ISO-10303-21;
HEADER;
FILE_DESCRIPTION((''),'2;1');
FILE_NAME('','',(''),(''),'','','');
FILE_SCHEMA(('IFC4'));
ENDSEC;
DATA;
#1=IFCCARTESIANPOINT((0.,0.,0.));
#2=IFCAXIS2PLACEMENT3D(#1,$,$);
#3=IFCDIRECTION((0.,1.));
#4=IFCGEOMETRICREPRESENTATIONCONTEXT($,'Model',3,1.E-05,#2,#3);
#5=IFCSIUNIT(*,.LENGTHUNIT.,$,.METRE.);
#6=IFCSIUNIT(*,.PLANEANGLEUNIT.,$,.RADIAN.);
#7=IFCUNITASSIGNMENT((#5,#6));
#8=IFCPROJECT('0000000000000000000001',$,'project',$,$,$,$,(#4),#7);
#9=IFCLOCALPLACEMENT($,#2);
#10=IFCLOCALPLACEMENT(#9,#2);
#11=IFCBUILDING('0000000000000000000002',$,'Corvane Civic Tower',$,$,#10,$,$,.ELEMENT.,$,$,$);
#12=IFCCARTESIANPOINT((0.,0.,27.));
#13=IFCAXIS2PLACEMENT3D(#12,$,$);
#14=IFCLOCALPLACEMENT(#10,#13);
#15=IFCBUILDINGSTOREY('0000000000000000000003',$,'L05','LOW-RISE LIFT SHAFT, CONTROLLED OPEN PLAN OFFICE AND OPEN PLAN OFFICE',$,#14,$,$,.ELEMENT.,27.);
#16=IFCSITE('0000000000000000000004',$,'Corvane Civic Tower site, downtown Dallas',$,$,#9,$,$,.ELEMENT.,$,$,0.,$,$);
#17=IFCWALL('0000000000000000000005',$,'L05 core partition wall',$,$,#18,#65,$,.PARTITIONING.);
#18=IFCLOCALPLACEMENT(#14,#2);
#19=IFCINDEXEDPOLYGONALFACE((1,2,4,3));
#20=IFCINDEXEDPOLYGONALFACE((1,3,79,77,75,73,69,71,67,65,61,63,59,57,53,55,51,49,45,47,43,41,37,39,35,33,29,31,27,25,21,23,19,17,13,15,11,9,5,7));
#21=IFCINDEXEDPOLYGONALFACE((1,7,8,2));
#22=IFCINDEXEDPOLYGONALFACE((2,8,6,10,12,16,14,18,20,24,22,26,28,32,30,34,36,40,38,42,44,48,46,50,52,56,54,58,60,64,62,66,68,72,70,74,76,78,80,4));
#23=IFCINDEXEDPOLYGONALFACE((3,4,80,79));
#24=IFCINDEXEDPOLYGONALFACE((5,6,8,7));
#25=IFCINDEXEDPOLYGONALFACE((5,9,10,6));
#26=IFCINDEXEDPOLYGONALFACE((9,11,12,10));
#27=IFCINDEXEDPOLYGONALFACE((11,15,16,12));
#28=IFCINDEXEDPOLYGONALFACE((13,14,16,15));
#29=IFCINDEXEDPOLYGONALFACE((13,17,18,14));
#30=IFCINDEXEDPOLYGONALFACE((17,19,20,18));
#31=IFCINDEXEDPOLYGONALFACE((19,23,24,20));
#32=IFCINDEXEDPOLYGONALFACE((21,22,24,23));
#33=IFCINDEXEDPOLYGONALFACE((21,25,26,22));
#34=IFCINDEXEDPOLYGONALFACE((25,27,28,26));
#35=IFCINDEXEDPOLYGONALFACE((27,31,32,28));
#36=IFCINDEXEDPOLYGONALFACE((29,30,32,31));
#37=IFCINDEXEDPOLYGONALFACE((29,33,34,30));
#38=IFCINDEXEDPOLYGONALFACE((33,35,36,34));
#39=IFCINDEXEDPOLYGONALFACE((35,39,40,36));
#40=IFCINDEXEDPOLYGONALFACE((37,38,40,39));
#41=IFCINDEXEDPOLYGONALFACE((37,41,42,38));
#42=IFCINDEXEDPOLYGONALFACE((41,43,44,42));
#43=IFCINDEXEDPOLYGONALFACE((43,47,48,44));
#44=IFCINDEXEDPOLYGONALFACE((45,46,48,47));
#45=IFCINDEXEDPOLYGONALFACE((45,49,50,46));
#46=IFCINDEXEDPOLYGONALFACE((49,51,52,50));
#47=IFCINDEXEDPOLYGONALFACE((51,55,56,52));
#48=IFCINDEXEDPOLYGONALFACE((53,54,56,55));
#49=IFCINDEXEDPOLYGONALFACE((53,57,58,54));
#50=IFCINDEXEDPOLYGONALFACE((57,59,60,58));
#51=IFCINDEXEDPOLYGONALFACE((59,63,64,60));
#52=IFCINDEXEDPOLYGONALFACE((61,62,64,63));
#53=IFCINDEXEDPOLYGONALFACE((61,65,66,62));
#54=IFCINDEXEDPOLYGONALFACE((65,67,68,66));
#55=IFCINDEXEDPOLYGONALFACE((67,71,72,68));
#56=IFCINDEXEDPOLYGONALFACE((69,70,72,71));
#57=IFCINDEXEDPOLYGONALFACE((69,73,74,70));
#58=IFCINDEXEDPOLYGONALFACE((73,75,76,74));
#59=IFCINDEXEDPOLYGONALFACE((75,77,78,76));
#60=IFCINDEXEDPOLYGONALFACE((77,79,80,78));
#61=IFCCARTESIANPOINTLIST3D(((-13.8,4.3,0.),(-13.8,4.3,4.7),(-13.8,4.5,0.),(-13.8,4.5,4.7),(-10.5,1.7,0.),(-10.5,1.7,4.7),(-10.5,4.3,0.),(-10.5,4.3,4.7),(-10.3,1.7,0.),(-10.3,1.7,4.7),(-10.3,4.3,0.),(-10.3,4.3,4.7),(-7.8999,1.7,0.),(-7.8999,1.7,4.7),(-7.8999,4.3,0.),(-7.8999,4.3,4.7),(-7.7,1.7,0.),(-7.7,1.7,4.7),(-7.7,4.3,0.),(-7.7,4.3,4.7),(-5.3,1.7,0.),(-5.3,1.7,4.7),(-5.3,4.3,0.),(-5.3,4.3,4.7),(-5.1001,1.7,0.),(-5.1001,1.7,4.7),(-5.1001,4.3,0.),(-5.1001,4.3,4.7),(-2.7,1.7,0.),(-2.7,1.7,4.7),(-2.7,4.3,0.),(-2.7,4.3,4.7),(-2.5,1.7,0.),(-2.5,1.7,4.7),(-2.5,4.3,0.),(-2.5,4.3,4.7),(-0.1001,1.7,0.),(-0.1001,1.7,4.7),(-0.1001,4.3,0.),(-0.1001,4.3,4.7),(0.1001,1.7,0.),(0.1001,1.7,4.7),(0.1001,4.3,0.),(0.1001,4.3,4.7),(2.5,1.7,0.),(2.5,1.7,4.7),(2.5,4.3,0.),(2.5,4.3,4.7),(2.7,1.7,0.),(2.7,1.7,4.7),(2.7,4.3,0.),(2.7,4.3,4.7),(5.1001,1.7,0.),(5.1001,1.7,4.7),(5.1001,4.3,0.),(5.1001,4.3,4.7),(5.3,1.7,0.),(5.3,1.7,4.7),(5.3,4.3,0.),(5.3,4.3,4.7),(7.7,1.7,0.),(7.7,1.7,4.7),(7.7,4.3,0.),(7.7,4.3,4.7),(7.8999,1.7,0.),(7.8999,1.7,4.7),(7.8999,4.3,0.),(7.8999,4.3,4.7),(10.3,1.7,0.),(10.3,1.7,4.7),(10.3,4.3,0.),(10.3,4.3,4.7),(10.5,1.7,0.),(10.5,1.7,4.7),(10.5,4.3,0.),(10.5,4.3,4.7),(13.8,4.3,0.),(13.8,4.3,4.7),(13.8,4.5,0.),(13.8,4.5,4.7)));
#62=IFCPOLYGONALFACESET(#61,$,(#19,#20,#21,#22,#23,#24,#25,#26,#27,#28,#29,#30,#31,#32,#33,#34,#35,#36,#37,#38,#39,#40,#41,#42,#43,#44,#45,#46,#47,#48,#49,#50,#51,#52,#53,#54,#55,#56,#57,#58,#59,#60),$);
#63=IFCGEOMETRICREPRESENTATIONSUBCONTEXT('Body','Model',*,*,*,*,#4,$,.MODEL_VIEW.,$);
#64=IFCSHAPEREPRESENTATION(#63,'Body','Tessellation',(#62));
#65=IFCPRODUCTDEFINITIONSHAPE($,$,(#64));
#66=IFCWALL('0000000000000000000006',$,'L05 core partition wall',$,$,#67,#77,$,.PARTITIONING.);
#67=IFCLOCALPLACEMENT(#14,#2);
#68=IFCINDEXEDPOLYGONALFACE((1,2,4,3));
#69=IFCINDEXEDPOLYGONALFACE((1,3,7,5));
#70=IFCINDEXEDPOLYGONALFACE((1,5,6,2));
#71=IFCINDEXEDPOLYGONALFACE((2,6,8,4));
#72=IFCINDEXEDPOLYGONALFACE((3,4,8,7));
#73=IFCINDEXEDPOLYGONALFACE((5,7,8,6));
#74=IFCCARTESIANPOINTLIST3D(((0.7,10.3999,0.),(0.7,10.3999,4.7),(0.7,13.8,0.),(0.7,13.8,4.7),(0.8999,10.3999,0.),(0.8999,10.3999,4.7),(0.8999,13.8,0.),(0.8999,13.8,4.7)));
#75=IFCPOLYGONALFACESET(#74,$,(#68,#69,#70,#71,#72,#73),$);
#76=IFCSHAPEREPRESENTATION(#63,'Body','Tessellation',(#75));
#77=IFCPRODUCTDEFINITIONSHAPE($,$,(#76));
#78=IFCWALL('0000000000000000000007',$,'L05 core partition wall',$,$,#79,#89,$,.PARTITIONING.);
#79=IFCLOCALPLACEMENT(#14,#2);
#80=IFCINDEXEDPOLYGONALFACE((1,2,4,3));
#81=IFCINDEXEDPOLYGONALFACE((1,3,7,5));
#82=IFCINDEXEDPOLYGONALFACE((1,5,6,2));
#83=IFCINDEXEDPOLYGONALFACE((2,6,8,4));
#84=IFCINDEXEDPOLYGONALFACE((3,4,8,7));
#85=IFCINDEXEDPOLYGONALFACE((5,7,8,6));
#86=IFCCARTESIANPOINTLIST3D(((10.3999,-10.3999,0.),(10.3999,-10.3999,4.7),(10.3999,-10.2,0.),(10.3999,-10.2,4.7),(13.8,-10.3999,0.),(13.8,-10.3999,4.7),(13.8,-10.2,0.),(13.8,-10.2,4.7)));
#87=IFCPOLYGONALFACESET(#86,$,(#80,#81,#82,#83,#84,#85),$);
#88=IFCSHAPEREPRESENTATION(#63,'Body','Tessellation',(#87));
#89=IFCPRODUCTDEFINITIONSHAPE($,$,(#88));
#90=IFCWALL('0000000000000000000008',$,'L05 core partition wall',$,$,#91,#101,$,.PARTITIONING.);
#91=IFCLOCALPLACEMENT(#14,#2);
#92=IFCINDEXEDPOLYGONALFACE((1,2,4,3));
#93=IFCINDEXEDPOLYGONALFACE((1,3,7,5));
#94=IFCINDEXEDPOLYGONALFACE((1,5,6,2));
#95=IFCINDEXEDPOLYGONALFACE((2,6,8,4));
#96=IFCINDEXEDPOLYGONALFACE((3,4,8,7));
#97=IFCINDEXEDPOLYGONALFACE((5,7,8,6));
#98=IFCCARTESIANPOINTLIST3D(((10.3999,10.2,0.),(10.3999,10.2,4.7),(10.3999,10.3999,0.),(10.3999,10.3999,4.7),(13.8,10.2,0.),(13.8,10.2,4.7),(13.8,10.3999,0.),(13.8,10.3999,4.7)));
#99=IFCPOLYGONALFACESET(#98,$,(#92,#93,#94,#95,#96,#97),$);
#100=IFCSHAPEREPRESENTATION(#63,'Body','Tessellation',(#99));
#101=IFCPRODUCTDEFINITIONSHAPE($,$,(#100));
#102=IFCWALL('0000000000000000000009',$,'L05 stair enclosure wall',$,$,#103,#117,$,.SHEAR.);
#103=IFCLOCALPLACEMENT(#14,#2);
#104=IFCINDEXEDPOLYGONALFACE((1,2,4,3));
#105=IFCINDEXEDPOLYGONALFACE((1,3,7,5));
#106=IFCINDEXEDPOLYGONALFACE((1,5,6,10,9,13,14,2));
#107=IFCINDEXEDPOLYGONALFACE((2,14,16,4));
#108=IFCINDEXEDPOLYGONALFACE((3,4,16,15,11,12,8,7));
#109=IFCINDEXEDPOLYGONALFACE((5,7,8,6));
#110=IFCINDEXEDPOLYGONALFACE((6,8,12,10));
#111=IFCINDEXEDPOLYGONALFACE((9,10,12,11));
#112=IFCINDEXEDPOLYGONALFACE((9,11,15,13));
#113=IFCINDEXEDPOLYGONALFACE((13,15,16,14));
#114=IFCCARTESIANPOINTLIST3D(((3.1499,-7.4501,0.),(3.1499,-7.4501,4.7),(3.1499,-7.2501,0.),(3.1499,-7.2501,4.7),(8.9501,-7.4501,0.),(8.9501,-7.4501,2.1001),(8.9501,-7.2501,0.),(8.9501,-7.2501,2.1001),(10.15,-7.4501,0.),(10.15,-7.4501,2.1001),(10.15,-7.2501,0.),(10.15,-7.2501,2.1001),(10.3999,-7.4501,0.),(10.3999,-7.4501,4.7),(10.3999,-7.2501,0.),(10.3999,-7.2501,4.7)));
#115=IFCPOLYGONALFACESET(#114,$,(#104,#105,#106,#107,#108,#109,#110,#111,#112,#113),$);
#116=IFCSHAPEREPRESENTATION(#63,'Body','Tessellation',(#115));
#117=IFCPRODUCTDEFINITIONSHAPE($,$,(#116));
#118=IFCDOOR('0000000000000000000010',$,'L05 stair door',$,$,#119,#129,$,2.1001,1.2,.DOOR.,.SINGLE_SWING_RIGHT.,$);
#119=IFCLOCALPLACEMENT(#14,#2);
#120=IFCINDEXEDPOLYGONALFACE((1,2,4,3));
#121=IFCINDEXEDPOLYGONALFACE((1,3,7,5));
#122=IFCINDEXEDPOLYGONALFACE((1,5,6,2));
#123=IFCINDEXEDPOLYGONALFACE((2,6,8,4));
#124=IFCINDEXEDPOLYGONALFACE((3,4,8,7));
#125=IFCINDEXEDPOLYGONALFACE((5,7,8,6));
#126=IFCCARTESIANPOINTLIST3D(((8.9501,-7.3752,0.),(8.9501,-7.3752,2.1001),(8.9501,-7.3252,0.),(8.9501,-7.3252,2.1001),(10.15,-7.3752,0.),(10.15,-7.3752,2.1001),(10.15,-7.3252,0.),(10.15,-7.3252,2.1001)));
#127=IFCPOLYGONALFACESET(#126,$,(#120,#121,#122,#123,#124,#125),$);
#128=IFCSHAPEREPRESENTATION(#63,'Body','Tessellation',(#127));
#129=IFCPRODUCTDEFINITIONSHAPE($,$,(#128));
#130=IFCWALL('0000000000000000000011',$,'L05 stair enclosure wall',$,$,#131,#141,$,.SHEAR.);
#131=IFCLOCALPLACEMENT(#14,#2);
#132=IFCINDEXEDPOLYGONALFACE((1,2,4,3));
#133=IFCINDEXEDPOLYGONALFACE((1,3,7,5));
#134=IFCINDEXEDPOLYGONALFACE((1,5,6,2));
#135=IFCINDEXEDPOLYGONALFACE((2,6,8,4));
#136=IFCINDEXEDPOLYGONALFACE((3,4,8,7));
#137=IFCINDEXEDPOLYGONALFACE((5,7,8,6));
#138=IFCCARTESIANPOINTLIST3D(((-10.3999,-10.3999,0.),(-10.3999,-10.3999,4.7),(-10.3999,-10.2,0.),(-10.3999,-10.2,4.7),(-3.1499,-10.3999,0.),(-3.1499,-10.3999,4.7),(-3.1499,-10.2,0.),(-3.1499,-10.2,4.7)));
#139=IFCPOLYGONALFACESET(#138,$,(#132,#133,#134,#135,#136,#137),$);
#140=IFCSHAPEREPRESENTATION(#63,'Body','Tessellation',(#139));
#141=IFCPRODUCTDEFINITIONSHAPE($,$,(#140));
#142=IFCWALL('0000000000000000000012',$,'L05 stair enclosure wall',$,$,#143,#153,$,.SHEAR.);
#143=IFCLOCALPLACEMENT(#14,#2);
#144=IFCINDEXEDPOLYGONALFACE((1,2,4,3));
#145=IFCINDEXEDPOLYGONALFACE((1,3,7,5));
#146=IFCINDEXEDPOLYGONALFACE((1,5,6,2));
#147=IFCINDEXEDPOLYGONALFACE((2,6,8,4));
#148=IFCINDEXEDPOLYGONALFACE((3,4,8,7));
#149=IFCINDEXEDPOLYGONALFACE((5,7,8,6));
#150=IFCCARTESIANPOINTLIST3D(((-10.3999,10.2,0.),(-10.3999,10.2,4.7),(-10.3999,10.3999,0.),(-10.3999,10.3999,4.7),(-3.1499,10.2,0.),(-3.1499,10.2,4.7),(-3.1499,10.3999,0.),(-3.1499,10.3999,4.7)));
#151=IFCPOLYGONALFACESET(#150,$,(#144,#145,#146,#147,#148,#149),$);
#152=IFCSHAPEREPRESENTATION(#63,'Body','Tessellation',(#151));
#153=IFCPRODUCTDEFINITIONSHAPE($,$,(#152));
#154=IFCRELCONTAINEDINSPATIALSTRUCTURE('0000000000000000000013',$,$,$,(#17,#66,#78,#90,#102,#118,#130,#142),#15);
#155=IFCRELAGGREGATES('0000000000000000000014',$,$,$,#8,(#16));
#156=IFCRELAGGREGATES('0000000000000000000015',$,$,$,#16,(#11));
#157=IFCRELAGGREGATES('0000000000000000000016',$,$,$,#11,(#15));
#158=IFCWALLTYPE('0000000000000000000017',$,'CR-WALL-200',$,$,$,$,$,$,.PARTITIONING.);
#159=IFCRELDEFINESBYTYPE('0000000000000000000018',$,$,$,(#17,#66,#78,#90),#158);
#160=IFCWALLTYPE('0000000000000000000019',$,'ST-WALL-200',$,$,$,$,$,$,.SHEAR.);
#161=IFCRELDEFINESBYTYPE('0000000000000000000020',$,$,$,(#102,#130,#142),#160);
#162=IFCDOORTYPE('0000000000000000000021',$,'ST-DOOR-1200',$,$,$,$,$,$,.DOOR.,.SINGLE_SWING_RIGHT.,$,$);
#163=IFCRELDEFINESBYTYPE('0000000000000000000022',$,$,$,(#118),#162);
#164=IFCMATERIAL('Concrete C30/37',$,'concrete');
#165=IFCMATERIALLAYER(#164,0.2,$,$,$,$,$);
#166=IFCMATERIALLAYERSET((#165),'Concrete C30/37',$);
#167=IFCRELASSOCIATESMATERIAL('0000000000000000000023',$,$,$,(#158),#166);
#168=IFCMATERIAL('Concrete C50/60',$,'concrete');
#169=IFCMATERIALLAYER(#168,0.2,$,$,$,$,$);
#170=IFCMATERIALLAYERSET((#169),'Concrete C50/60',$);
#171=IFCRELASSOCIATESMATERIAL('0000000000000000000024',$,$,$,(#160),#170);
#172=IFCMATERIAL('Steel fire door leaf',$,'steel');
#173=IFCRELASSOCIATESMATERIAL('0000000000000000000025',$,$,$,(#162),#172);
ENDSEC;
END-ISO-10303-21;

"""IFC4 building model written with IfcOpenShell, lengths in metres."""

from ifc_helpers import new_model, si_unit, direction, frame, frame_2d, origin, place, context, subcontext, project, spatial, polyline, rectangle, outline, extrude, material, layer, layer_set, type_object, element, fill, save


model = new_model("IFC4")

# Units and contexts
model_context = context("Model", 3, precision=1e-05, world=origin(), true_north=direction((0.0, 1.0)))
body_context = subcontext(model_context, "Body", "Model", "MODEL_VIEW")
ifc_project = project(units=[si_unit("LENGTHUNIT", "METRE"), si_unit("PLANEANGLEUNIT", "RADIAN")], contexts=[model_context])

# Site, building, storey
site_placement = place(None, origin())
site = spatial("IfcSite", under=ifc_project, at=site_placement, Name="Corvane Civic Tower site, downtown Dallas", CompositionType="ELEMENT", RefElevation=0.0)
building_placement = place(site_placement, origin())
building = spatial("IfcBuilding", under=site, at=building_placement, Name="Corvane Civic Tower", CompositionType="ELEMENT")
storey_placement = place(building_placement, frame((0.0, 0.0, 27.0)))
storey = spatial("IfcBuildingStorey", under=building, at=storey_placement, Name="L05", Description="LOW-RISE LIFT SHAFT, CONTROLLED OPEN PLAN OFFICE AND OPEN PLAN OFFICE", CompositionType="ELEMENT", Elevation=27.0)

# Shared definitions
ifc_material_1 = material(Name="Concrete C30/37", Category="concrete")
ifc_layer_1 = layer(ifc_material_1, 0.2)
ifc_layer_set_1 = layer_set([ifc_layer_1], Name="Concrete C30/37")
wall_type_1 = type_object("IfcWallType", Name="CR-WALL-200", PredefinedType="PARTITIONING", material=ifc_layer_set_1)

# Walls
wall_1_placement = place(storey_placement, origin())
element("IfcWall", 1, at=wall_1_placement, inside=storey, type_object=wall_type_1, Name="L05 core partition wall", PredefinedType="PARTITIONING", context=body_context, shape_type="SweptSolid", body=[
    extrude(outline(polyline([(-5.1001, 4.3), (-5.1001, 1.7), (-5.3, 1.7), (-5.3, 4.3), (-7.7, 4.3), (-7.7, 1.7), (-7.8999, 1.7), (-7.8999, 4.3), (-10.3, 4.3), (-10.3, 1.7), (-10.5, 1.7), (-10.5, 4.3), (-13.8, 4.3), (-13.8, 4.5), (13.8, 4.5), (13.8, 4.3), (10.5, 4.3), (10.5, 1.7), (10.3, 1.7), (10.3, 4.3), (7.8999, 4.3), (7.8999, 1.7), (7.7, 1.7), (7.7, 4.3), (5.3, 4.3), (5.3, 1.7), (5.1001, 1.7), (5.1001, 4.3), (2.7, 4.3), (2.7, 1.7), (2.5, 1.7), (2.5, 4.3), (0.1001, 4.3), (0.1001, 1.7), (-0.1001, 1.7), (-0.1001, 4.3), (-2.5, 4.3), (-2.5, 1.7), (-2.7, 1.7), (-2.7, 4.3), (-5.1001, 4.3)])), origin(), (0.0, 0.0, 1.0), 4.7),
])
wall_2_placement = place(storey_placement, origin())
element("IfcWall", 2, at=wall_2_placement, inside=storey, type_object=wall_type_1, Name="L05 core partition wall", PredefinedType="PARTITIONING", context=body_context, shape_type="SweptSolid", body=[
    extrude(outline(polyline([(0.8999, 10.3999), (0.7, 10.3999), (0.7, 13.8), (0.8999, 13.8), (0.8999, 10.3999)])), origin(), (0.0, 0.0, 1.0), 4.7),
])
wall_3_placement = place(storey_placement, origin())
element("IfcWall", 3, at=wall_3_placement, inside=storey, type_object=wall_type_1, Name="L05 core partition wall", PredefinedType="PARTITIONING", context=body_context, shape_type="SweptSolid", body=[
    extrude(outline(polyline([(13.8, -10.3999), (10.3999, -10.3999), (10.3999, -10.2), (13.8, -10.2), (13.8, -10.3999)])), origin(), (0.0, 0.0, 1.0), 4.7),
])
wall_4_placement = place(storey_placement, origin())
element("IfcWall", 4, at=wall_4_placement, inside=storey, type_object=wall_type_1, Name="L05 core partition wall", PredefinedType="PARTITIONING", context=body_context, shape_type="SweptSolid", body=[
    extrude(outline(polyline([(10.3999, 10.2), (10.3999, 10.3999), (13.8, 10.3999), (13.8, 10.2), (10.3999, 10.2)])), origin(), (0.0, 0.0, 1.0), 4.7),
])

# Wall, opening, door
ifc_material_2 = material(Name="Concrete C50/60", Category="concrete")
ifc_layer_2 = layer(ifc_material_2, 0.2)
ifc_layer_set_2 = layer_set([ifc_layer_2], Name="Concrete C50/60")
wall_type_2 = type_object("IfcWallType", Name="ST-WALL-200", PredefinedType="SHEAR", material=ifc_layer_set_2)
wall_5_placement = place(storey_placement, frame((3.1499, -7.3501, 0.0), z_axis=(0.0, 0.0, 1.0), x_axis=(1.0, 0.0, 0.0)))
wall_5 = element("IfcWall", 5, at=wall_5_placement, inside=storey, type_object=wall_type_2, Name="L05 stair enclosure wall", PredefinedType="SHEAR", context=body_context, shape_type="SweptSolid", body=[
    extrude(rectangle(XDim=7.25, YDim=0.2, at=frame_2d((3.625, 0.0))), origin(), (0.0, 0.0, 1.0), 4.7),
])
opening_1_placement = place(wall_5_placement, frame((5.8, 0.0, 0.0)))
opening_1 = element("IfcOpeningElement", 6, at=opening_1_placement, cuts=wall_5, PredefinedType="OPENING", context=body_context, shape_type="SweptSolid", body=[
    extrude(rectangle(XDim=1.2, YDim=2.1001, at=frame_2d((0.6001, 1.05))), frame((0.0, 0.1099, 0.0), z_axis=(0.0, -1.0, 0.0), x_axis=(1.0, 0.0, 0.0)), (0.0, 0.0, 1.0), 0.22),
])
ifc_material_3 = material(Name="Steel fire door leaf", Category="steel")
door_type_1 = type_object("IfcDoorType", Name="ST-DOOR-1200", OperationType="SINGLE_SWING_RIGHT", PredefinedType="DOOR", material=ifc_material_3)
door_1_placement = place(opening_1_placement, origin())
door_1 = element("IfcDoor", 7, at=door_1_placement, inside=storey, type_object=door_type_1, Name="L05 stair door", OperationType="SINGLE_SWING_RIGHT", OverallHeight=2.1001, OverallWidth=1.2, PredefinedType="DOOR", context=body_context, shape_type="SweptSolid", body=[
    extrude(rectangle(XDim=1.2, YDim=2.1001, at=frame_2d((0.6001, 1.05))), frame((0.0, 0.0249, 0.0), z_axis=(0.0, -1.0, 0.0), x_axis=(1.0, 0.0, 0.0)), (0.0, 0.0, 1.0), 0.05),
])
fill(opening_1, door_1)

# Walls
wall_6_placement = place(storey_placement, origin())
element("IfcWall", 8, at=wall_6_placement, inside=storey, type_object=wall_type_2, Name="L05 stair enclosure wall", PredefinedType="SHEAR", context=body_context, shape_type="SweptSolid", body=[
    extrude(outline(polyline([(-3.1499, -10.2), (-3.1499, -10.3999), (-10.3999, -10.3999), (-10.3999, -10.2), (-3.1499, -10.2)])), origin(), (0.0, 0.0, 1.0), 4.7),
])
wall_7_placement = place(storey_placement, origin())
element("IfcWall", 9, at=wall_7_placement, inside=storey, type_object=wall_type_2, Name="L05 stair enclosure wall", PredefinedType="SHEAR", context=body_context, shape_type="SweptSolid", body=[
    extrude(outline(polyline([(-3.1499, 10.2), (-10.3999, 10.2), (-10.3999, 10.3999), (-3.1499, 10.3999), (-3.1499, 10.2)])), origin(), (0.0, 0.0, 1.0), 4.7),
])

save(model, "model.ifc")
